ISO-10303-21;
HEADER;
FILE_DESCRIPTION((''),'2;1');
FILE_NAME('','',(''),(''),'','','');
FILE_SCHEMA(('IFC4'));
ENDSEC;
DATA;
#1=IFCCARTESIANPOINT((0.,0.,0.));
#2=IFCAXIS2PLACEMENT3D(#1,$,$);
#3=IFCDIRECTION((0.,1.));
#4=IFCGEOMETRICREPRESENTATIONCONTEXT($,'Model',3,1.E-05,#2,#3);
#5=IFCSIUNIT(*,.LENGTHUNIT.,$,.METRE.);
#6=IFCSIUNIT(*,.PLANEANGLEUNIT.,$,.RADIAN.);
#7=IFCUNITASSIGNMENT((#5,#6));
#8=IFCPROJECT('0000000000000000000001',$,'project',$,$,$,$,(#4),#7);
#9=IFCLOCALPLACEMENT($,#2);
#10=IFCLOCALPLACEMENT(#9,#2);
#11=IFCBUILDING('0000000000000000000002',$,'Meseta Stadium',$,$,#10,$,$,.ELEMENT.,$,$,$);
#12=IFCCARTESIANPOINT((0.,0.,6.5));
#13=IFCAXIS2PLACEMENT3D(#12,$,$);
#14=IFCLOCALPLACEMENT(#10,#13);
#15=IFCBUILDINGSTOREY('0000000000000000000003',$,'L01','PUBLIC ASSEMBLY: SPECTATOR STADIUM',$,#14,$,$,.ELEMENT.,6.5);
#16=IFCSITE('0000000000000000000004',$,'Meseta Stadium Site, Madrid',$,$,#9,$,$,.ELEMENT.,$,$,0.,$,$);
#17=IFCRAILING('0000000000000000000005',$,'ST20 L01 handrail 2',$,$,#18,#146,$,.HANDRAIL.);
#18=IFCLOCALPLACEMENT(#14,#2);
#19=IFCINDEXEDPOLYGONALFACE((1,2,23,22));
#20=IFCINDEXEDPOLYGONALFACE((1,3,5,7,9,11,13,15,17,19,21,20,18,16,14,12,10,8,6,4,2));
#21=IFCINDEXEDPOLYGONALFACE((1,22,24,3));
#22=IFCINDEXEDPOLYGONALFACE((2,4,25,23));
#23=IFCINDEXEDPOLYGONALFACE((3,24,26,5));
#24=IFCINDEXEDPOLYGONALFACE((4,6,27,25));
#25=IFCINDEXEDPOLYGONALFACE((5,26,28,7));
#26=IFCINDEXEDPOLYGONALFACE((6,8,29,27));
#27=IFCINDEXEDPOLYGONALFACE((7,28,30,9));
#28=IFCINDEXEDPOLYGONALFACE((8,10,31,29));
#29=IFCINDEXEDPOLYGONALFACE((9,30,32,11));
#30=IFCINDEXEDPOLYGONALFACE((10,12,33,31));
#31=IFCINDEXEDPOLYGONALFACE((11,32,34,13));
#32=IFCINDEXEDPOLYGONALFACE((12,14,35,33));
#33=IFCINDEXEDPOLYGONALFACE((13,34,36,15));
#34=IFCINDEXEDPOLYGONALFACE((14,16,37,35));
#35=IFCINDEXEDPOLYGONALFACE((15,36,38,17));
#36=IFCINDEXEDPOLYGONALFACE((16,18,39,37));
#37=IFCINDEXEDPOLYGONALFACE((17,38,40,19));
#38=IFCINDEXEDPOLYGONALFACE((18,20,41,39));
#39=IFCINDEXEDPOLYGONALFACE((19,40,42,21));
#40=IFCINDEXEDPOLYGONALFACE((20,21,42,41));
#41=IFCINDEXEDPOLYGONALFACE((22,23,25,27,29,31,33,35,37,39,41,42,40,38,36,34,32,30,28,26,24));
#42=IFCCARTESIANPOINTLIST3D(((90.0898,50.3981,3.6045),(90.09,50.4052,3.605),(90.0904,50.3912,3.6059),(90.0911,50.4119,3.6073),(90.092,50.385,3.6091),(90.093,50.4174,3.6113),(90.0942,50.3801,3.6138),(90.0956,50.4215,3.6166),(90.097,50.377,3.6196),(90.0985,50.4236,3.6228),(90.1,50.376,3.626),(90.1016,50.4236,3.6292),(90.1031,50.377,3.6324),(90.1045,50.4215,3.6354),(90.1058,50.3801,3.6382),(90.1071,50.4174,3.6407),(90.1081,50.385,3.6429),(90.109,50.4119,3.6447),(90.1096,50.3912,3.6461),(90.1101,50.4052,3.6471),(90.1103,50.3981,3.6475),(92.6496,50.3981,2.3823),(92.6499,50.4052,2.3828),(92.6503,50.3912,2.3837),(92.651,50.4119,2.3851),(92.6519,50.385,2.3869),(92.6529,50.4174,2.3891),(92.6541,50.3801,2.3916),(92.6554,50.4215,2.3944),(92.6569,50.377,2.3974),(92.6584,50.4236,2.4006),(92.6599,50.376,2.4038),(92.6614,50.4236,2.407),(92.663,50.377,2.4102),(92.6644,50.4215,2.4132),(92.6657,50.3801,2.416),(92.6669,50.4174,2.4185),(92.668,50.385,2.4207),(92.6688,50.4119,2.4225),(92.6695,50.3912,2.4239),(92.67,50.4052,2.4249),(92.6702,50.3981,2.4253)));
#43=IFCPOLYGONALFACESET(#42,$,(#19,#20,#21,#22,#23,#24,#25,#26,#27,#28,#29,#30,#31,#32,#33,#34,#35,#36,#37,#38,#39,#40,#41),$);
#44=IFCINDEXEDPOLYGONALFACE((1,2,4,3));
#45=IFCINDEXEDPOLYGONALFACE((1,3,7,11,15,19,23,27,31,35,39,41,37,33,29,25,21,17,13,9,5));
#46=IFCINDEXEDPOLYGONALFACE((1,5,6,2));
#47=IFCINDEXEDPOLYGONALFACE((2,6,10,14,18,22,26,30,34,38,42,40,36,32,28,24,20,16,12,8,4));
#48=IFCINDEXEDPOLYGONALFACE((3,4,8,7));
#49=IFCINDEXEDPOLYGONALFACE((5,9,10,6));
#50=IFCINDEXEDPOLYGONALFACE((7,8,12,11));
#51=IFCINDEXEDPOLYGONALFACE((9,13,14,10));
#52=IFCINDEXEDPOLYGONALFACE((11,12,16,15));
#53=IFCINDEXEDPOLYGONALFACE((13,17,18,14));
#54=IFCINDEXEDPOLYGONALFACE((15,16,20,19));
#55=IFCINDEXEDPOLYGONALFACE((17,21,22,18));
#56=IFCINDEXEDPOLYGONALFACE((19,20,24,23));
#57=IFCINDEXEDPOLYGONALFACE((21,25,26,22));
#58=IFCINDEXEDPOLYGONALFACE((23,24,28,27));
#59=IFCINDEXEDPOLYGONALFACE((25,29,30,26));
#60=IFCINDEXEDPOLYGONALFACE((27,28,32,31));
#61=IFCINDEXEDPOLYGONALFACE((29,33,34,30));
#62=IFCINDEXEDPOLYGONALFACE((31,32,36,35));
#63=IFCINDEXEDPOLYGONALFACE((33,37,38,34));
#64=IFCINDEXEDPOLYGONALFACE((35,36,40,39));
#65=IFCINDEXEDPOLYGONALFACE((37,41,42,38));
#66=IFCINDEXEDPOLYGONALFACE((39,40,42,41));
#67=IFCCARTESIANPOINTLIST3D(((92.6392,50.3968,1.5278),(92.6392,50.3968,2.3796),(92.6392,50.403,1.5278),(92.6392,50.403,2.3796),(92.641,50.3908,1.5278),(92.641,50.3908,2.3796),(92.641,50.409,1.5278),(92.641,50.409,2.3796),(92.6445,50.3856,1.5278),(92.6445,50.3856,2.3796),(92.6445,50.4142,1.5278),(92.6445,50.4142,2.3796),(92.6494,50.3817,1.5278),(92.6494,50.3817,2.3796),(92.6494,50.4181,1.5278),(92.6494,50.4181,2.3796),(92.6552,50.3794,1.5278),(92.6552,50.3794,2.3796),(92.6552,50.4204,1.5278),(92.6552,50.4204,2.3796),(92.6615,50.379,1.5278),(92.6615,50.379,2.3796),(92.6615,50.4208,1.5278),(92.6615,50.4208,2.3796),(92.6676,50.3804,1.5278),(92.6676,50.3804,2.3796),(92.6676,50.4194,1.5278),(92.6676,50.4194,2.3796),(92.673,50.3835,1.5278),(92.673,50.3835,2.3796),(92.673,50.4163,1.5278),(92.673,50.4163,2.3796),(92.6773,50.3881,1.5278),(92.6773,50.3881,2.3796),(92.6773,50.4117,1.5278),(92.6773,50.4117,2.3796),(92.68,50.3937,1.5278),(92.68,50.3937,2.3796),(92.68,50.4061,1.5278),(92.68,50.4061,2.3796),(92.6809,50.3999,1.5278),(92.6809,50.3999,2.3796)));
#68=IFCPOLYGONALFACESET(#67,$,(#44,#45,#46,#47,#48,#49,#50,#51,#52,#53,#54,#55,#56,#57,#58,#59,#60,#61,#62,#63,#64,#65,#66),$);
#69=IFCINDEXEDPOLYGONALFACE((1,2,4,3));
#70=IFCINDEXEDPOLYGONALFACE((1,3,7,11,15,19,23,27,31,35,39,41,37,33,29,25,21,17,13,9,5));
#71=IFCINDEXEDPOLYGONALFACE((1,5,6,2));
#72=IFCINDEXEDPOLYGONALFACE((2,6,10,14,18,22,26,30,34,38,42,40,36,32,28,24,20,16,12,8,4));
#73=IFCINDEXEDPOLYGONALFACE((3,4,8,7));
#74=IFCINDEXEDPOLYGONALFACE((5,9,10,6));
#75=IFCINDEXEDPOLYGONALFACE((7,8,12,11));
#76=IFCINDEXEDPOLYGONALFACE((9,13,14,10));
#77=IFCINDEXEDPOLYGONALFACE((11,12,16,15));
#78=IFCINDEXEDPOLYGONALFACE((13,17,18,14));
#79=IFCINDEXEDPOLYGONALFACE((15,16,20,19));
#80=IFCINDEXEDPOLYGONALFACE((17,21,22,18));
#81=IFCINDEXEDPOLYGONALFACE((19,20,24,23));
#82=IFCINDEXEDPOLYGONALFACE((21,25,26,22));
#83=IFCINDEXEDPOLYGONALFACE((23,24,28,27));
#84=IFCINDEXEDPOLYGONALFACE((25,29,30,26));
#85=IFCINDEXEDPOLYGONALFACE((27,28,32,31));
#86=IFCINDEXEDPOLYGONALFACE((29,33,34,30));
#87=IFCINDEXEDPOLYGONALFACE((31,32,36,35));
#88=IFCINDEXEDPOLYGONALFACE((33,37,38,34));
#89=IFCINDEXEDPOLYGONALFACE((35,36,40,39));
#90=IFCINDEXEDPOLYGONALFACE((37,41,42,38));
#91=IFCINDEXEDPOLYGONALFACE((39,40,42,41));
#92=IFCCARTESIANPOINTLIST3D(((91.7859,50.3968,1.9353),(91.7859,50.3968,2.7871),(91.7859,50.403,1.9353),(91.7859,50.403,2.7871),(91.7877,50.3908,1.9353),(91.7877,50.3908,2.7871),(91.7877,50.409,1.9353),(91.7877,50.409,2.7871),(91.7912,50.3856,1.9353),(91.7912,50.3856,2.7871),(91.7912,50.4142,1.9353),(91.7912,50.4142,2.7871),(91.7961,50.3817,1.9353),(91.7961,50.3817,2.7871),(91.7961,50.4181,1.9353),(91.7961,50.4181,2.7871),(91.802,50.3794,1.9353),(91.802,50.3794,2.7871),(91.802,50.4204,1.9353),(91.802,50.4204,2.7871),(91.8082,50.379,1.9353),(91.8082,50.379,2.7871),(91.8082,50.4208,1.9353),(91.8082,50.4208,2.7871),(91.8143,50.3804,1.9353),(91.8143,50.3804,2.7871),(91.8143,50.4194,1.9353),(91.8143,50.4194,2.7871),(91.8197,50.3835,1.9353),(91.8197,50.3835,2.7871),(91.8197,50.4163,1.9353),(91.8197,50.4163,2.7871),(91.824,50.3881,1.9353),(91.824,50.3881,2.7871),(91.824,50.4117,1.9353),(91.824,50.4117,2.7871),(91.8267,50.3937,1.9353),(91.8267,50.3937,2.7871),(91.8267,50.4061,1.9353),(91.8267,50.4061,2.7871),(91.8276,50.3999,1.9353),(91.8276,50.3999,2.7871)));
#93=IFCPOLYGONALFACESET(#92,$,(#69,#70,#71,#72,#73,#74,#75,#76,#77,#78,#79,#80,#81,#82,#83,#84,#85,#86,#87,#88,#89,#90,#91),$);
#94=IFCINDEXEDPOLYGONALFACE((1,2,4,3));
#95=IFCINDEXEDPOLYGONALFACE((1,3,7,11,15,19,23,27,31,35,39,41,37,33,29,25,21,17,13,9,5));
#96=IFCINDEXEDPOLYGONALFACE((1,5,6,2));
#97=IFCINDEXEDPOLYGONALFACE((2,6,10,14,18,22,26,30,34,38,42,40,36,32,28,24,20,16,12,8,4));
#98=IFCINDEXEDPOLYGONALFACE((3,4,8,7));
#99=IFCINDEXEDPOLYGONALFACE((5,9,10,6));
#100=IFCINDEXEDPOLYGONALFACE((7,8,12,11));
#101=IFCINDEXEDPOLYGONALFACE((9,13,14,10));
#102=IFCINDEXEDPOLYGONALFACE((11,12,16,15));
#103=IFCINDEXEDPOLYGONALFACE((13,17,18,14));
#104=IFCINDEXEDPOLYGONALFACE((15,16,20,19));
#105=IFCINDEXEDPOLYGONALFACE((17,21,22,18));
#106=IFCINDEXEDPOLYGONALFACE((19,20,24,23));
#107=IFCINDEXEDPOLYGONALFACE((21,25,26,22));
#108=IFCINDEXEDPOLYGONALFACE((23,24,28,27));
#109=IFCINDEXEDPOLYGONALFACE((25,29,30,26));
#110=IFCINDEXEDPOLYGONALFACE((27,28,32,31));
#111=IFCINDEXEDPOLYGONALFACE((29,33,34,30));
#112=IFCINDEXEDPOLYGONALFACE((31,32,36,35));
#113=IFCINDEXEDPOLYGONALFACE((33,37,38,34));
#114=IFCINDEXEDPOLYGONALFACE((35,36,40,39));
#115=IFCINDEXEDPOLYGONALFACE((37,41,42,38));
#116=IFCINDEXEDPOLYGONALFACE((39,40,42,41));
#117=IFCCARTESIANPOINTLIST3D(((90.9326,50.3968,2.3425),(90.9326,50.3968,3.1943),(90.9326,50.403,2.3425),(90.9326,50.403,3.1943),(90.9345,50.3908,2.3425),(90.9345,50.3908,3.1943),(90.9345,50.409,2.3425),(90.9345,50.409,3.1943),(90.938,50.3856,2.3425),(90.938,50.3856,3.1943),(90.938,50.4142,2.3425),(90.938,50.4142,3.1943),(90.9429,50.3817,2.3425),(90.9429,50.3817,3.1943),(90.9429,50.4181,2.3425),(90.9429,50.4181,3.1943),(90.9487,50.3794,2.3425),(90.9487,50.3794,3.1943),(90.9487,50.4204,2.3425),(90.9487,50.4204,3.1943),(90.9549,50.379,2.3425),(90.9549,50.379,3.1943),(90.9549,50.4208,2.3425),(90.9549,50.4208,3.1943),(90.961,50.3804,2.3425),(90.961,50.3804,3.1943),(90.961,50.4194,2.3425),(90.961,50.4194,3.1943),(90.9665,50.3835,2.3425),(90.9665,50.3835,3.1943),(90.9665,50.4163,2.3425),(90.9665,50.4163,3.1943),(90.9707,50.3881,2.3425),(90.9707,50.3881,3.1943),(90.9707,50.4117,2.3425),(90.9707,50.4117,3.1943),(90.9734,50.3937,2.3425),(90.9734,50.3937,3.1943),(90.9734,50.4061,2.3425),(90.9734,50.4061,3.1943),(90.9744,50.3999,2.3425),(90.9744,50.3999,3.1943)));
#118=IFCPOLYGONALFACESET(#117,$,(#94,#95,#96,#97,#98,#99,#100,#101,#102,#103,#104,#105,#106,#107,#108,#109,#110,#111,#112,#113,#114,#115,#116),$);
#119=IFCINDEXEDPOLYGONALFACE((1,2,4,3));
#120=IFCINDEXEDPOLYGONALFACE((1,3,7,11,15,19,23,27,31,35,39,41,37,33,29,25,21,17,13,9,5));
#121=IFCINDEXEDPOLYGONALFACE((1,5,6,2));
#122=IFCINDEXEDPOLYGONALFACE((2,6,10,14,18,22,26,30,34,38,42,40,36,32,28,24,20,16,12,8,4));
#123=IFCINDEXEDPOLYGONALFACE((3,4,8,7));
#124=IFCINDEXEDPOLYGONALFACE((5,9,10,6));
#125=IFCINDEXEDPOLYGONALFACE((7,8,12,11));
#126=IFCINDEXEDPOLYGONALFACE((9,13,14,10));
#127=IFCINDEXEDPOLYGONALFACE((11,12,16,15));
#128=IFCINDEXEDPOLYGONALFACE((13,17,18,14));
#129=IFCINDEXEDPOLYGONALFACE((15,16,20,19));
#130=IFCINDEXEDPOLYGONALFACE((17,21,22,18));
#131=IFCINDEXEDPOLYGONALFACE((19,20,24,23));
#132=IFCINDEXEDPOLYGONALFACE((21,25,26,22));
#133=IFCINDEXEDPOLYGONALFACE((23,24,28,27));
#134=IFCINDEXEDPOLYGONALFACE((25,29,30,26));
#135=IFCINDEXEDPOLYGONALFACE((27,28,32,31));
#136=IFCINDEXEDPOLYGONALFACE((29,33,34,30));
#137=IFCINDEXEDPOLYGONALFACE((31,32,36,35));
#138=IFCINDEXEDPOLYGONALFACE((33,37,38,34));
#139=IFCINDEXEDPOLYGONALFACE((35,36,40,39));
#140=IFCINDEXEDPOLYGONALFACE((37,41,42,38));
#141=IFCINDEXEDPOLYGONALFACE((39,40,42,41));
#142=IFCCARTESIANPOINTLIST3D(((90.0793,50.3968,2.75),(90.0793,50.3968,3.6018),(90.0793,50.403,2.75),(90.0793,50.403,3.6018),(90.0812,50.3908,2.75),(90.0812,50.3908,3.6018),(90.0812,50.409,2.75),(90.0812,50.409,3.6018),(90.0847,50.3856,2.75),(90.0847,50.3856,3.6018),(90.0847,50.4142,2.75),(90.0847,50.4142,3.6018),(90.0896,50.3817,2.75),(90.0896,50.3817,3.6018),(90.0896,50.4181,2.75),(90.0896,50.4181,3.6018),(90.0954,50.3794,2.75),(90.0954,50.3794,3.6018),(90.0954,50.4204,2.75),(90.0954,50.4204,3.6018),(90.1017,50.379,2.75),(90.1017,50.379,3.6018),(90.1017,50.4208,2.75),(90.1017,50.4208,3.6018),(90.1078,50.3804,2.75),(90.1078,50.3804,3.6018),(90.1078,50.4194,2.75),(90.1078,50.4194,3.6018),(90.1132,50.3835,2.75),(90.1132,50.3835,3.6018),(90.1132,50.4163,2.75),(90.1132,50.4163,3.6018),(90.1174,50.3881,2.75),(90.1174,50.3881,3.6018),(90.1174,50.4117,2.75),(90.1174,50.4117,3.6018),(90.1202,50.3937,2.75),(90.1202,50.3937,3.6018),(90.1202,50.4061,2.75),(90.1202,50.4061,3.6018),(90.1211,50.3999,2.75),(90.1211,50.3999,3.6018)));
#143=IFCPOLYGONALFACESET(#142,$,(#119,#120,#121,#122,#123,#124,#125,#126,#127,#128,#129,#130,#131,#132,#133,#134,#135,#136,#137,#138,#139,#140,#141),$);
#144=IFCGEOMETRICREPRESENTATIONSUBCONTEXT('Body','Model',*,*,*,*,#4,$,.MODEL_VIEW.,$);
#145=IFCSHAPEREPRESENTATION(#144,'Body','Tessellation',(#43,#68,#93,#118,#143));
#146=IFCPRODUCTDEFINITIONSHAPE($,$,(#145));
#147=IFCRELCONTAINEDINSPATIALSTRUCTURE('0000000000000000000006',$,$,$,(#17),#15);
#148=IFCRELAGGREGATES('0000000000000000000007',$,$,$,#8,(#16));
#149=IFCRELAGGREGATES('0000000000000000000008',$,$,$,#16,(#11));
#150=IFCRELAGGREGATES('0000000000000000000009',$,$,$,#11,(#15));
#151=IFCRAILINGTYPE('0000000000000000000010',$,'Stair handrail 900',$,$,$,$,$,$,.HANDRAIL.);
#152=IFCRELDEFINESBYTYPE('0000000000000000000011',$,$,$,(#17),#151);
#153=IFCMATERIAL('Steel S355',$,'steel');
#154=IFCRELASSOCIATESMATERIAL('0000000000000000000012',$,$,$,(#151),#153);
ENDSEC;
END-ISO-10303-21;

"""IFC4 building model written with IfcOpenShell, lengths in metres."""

from ifc_helpers import new_model, si_unit, direction, frame, origin, origin_2d, place, context, subcontext, project, spatial, circle, extrude, material, type_object, element, save


model = new_model("IFC4")

# Units and contexts
model_context = context("Model", 3, precision=1e-05, world=origin(), true_north=direction((0.0, 1.0)))
body_context = subcontext(model_context, "Body", "Model", "MODEL_VIEW")
ifc_project = project(units=[si_unit("LENGTHUNIT", "METRE"), si_unit("PLANEANGLEUNIT", "RADIAN")], contexts=[model_context])

# Site, building, storey
site_placement = place(None, origin())
site = spatial("IfcSite", under=ifc_project, at=site_placement, Name="Meseta Stadium Site, Madrid", CompositionType="ELEMENT", RefElevation=0.0)
building_placement = place(site_placement, origin())
building = spatial("IfcBuilding", under=site, at=building_placement, Name="Meseta Stadium", CompositionType="ELEMENT")
storey_placement = place(building_placement, frame((0.0, 0.0, 6.5)))
storey = spatial("IfcBuildingStorey", under=building, at=storey_placement, Name="L01", Description="PUBLIC ASSEMBLY: SPECTATOR STADIUM", CompositionType="ELEMENT", Elevation=6.5)

# Railing
ifc_material_1 = material(Name="Steel S355", Category="steel")
railing_type_1 = type_object("IfcRailingType", Name="Stair handrail 900", PredefinedType="HANDRAIL", material=ifc_material_1)
for number, where, name in (
    (1, (92.6599, 50.3999, 1.5278), "ST20 L01 handrail 2"),
):
    element("IfcRailing", number, at=place(storey_placement, frame(where)), inside=storey, type_object=railing_type_1, Name=name, PredefinedType="HANDRAIL", context=body_context, shape_type="SweptSolid", body=[
        extrude(circle(Radius=0.0239, at=origin_2d()), frame((0.0, 0.0, 0.876), z_axis=(-0.902421, 0.0, 0.430855), x_axis=(0.0, -1.0, 0.0)), (0.0, 0.0, 1.0), 2.8367),
        extrude(circle(Radius=0.021, at=origin_2d()), origin(), (0.0, 0.0, 1.0), 0.8518),
        extrude(circle(Radius=0.021, at=origin_2d()), frame((-0.8533, 0.0, 0.4075)), (0.0, 0.0, 1.0), 0.8518),
        extrude(circle(Radius=0.021, at=origin_2d()), frame((-1.7065, 0.0, 0.8147)), (0.0, 0.0, 1.0), 0.8518),
        extrude(circle(Radius=0.021, at=origin_2d()), frame((-2.5598, 0.0, 1.2222)), (0.0, 0.0, 1.0), 0.8518),
    ])

save(model, "model.ifc")
